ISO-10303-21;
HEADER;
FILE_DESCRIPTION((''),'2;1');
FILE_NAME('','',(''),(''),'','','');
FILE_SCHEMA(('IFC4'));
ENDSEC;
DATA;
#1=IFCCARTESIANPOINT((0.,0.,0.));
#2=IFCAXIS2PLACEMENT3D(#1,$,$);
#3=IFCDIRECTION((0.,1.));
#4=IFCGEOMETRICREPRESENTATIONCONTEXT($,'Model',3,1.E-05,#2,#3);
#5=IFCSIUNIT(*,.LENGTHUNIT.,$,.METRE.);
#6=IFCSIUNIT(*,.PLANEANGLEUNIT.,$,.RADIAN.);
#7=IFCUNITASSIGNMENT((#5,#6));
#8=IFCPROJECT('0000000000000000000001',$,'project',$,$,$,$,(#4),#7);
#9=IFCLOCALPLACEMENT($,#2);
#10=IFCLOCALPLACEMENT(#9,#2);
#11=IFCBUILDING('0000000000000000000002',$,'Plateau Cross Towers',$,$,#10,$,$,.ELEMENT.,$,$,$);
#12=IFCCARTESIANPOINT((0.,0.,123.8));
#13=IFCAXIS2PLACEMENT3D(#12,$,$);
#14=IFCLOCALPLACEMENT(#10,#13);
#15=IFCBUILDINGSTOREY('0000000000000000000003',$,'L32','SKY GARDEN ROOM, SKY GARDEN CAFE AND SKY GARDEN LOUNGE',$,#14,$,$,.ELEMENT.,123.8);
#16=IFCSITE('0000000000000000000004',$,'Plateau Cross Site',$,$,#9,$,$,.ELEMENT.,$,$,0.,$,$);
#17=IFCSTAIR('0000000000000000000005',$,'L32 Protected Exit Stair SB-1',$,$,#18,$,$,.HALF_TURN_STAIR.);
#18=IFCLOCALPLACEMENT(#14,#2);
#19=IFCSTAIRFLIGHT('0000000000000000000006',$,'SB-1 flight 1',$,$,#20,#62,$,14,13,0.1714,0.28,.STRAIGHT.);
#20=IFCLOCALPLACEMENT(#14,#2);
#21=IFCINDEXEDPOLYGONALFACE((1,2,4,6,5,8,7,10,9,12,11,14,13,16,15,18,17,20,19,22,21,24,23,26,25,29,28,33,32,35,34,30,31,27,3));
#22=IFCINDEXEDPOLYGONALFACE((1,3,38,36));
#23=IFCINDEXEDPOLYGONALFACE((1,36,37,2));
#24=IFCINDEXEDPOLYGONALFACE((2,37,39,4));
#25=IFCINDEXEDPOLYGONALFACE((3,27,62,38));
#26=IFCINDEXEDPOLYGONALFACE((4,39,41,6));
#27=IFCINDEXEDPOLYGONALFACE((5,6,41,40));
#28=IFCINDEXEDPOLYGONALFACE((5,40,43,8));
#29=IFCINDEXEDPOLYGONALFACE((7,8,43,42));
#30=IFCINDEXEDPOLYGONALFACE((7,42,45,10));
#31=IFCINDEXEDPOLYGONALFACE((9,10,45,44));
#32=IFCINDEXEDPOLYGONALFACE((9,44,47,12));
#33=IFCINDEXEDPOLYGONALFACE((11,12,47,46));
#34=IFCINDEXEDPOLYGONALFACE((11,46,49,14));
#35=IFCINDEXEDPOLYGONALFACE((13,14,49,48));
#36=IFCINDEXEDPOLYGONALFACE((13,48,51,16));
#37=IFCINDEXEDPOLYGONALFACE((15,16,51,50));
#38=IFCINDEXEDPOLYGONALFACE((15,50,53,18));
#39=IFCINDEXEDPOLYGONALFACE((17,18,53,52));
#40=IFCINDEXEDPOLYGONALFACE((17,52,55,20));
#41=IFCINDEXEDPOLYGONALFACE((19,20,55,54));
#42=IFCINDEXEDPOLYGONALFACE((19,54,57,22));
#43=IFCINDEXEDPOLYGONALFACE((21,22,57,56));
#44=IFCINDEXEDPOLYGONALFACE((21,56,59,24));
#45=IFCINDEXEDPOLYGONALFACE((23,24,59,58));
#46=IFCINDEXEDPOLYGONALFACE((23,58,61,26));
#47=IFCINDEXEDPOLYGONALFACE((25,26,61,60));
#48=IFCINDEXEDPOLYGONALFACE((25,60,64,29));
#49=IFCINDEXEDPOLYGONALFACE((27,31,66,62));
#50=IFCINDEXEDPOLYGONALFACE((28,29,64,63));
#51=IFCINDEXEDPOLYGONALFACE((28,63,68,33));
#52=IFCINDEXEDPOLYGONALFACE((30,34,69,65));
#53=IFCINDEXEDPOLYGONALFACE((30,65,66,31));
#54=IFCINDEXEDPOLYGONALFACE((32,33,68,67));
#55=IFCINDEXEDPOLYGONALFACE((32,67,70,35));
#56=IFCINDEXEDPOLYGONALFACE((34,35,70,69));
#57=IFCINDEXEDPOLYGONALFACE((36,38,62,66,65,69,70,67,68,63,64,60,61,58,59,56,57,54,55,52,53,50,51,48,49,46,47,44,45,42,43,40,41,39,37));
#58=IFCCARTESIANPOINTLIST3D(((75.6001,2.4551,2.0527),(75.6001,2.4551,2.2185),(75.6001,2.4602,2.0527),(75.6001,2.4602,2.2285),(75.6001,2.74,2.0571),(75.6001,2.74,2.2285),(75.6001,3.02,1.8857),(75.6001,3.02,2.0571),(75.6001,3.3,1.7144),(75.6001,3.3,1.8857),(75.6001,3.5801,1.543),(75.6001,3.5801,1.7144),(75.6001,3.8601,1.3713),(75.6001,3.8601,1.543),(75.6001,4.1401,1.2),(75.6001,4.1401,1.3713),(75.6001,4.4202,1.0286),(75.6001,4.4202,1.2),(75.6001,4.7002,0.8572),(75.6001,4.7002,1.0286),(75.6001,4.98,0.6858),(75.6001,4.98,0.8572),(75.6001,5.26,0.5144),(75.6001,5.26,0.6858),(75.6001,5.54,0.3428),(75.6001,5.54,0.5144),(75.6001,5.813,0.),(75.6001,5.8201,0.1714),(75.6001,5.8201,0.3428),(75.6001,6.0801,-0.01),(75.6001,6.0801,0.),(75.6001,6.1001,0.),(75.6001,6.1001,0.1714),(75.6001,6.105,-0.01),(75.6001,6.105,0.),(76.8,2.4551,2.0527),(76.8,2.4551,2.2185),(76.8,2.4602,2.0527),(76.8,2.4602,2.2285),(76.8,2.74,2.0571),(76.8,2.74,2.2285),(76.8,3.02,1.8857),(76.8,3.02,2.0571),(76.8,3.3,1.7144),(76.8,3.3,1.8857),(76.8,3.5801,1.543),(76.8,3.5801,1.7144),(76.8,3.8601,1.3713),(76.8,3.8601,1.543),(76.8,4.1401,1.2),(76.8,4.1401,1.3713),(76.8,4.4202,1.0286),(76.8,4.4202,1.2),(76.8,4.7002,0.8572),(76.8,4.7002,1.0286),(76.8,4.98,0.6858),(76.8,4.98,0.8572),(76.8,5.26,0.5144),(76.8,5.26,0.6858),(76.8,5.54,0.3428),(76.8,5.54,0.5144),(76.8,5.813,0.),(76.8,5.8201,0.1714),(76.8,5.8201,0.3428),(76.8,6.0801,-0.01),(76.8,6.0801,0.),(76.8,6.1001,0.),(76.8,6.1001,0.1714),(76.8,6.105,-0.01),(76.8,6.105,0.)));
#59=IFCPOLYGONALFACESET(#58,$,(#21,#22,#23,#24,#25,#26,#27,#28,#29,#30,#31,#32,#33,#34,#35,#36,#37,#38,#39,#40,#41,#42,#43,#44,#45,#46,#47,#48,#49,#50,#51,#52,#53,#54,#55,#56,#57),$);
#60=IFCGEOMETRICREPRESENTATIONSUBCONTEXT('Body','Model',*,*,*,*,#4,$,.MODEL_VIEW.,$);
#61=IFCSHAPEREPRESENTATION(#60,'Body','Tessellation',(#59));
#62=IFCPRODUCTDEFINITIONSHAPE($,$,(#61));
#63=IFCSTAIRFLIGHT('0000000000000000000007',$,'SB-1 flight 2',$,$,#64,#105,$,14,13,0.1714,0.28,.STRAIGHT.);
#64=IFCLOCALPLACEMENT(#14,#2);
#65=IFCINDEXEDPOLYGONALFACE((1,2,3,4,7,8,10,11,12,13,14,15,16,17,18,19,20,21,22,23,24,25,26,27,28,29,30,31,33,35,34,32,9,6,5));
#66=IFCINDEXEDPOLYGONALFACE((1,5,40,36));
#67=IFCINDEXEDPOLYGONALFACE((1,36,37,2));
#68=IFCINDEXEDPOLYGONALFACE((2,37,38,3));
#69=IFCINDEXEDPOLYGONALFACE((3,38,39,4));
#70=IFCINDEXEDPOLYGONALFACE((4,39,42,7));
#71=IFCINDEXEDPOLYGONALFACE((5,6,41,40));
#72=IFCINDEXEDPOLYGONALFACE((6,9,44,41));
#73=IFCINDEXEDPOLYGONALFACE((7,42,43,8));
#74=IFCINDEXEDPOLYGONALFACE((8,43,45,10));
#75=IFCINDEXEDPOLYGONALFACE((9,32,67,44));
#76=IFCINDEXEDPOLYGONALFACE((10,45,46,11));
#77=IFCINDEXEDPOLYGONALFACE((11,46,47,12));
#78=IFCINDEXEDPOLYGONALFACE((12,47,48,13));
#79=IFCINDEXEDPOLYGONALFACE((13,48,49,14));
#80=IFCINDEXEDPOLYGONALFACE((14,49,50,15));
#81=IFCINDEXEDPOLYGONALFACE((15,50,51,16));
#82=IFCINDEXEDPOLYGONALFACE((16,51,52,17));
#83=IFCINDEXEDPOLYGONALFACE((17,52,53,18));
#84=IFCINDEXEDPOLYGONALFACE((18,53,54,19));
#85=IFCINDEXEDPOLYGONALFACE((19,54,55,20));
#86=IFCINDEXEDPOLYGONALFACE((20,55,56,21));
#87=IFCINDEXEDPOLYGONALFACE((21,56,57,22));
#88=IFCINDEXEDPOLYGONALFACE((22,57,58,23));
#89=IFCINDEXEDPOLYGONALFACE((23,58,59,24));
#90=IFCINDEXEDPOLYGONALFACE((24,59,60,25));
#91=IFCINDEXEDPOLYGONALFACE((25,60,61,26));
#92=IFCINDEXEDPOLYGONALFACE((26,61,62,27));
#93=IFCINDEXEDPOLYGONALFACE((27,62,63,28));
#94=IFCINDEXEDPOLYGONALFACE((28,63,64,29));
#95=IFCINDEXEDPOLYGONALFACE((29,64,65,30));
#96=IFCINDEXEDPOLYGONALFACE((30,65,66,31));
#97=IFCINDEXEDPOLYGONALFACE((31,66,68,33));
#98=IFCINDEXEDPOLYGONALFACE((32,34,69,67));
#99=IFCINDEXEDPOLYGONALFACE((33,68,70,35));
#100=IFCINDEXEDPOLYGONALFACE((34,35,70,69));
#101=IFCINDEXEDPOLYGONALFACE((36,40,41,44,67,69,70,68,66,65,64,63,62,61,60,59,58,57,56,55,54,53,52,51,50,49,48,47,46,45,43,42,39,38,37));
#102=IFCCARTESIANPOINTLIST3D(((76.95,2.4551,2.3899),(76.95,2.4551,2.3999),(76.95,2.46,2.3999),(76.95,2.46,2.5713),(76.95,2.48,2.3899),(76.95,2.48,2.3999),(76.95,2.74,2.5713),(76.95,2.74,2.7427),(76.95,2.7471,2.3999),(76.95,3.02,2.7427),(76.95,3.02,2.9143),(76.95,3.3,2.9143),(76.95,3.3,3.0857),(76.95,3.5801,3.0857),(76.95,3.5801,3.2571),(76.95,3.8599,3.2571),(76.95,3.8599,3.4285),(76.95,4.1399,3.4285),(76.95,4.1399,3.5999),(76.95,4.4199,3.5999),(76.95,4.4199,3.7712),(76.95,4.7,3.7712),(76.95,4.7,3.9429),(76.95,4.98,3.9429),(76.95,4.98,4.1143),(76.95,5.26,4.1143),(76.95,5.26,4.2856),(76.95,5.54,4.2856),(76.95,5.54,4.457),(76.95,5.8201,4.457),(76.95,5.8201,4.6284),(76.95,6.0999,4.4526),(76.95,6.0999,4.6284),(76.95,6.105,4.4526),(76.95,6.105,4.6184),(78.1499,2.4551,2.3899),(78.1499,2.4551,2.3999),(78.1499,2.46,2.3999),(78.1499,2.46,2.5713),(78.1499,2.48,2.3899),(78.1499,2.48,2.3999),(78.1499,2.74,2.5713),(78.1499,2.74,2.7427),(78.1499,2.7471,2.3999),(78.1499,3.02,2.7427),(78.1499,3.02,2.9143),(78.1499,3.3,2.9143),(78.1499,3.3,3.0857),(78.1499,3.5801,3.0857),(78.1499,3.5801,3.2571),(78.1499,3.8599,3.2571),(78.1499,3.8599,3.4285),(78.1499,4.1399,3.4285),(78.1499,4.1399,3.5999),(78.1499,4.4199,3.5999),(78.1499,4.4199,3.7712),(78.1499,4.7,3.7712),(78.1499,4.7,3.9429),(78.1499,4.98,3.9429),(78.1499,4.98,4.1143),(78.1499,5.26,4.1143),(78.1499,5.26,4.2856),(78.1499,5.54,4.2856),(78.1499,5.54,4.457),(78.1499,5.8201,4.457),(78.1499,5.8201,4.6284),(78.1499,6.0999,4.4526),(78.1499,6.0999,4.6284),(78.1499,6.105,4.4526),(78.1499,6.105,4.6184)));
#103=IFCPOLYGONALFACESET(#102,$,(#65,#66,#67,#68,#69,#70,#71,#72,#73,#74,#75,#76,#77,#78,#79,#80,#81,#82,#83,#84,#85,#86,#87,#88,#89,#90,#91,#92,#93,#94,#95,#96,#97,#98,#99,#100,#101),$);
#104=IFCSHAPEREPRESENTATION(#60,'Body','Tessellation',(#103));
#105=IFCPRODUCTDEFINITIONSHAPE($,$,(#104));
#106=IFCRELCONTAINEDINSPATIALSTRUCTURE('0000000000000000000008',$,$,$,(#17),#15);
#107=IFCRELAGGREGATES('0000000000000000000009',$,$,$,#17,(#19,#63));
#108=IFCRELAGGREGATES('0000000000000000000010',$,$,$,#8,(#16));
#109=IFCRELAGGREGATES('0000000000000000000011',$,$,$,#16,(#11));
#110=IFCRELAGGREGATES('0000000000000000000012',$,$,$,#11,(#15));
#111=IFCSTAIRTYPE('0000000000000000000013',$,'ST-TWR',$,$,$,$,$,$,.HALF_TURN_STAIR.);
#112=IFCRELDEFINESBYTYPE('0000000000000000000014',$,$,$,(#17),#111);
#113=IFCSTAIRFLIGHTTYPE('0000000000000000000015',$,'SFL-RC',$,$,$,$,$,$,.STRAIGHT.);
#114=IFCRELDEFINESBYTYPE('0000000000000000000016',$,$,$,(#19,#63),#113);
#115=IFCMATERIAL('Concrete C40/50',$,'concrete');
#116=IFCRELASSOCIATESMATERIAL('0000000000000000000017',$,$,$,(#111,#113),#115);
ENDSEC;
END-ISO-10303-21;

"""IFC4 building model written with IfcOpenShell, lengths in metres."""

from ifc_helpers import new_model, si_unit, direction, frame, origin, place, context, subcontext, project, spatial, polyline, outline, extrude, material, type_object, element, aggregate, save


model = new_model("IFC4")

# Units and contexts
model_context = context("Model", 3, precision=1e-05, world=origin(), true_north=direction((0.0, 1.0)))
body_context = subcontext(model_context, "Body", "Model", "MODEL_VIEW")
ifc_project = project(units=[si_unit("LENGTHUNIT", "METRE"), si_unit("PLANEANGLEUNIT", "RADIAN")], contexts=[model_context])

# Site, building, storey
site_placement = place(None, origin())
site = spatial("IfcSite", under=ifc_project, at=site_placement, Name="Plateau Cross Site", CompositionType="ELEMENT", RefElevation=0.0)
building_placement = place(site_placement, origin())
building = spatial("IfcBuilding", under=site, at=building_placement, Name="Plateau Cross Towers", CompositionType="ELEMENT")
storey_placement = place(building_placement, frame((0.0, 0.0, 123.8)))
storey = spatial("IfcBuildingStorey", under=building, at=storey_placement, Name="L32", Description="SKY GARDEN ROOM, SKY GARDEN CAFE AND SKY GARDEN LOUNGE", CompositionType="ELEMENT", Elevation=123.8)

# Stair, stair flights
ifc_material_1 = material(Name="Concrete C40/50", Category="concrete")
stair_type = type_object("IfcStairType", Name="ST-TWR", PredefinedType="HALF_TURN_STAIR", material=ifc_material_1)
stair_placement = place(storey_placement, origin())
stair = element("IfcStair", 1, at=stair_placement, inside=storey, type_object=stair_type, Name="L32 Protected Exit Stair SB-1", PredefinedType="HALF_TURN_STAIR")
stair_flight_type = type_object("IfcStairFlightType", Name="SFL-RC", PredefinedType="STRAIGHT", material=ifc_material_1)
stair_flight_1_placement = place(storey_placement, frame((76.2, 6.1001, 0.0), z_axis=(0.0, 0.0, 1.0), x_axis=(0.0, -1.0, 0.0)))
stair_flight_1 = element("IfcStairFlight", 2, at=stair_flight_1_placement, type_object=stair_flight_type, Name="SB-1 flight 1", NumberOfRisers=14, NumberOfTreads=13, PredefinedType="STRAIGHT", RiserHeight=0.1714, TreadLength=0.28, context=body_context, shape_type="SweptSolid", body=[
    extrude(outline(polyline([(-0.0049, -0.01), (-0.0049, 0.0), (0.0, 0.0), (0.0, 0.1714), (0.28, 0.1714), (0.28, 0.3428), (0.5601, 0.3428), (0.5601, 0.5144), (0.8401, 0.5144), (0.8401, 0.6858), (1.1201, 0.6858), (1.1201, 0.8572), (1.3999, 0.8572), (1.3999, 1.0286), (1.6799, 1.0286), (1.6799, 1.2), (1.96, 1.2), (1.96, 1.3713), (2.24, 1.3713), (2.24, 1.543), (2.52, 1.543), (2.52, 1.7144), (2.8, 1.7144), (2.8, 1.8857), (3.0801, 1.8857), (3.0801, 2.0571), (3.3601, 2.0571), (3.3601, 2.2285), (3.6399, 2.2285), (3.645, 2.2185), (3.645, 2.0527), (3.6399, 2.0527), (0.2871, 0.0), (0.02, 0.0), (0.02, -0.01), (-0.0049, -0.01)])), frame((0.0, 0.6001, 0.0), z_axis=(0.0, -1.0, 0.0), x_axis=(1.0, 0.0, 0.0)), (0.0, 0.0, 1.0), 1.2),
])
stair_flight_2_placement = place(storey_placement, frame((77.55, 2.46, 2.3999), z_axis=(0.0, 0.0, 1.0), x_axis=(0.0, 1.0, 0.0)))
stair_flight_2 = element("IfcStairFlight", 3, at=stair_flight_2_placement, type_object=stair_flight_type, Name="SB-1 flight 2", NumberOfRisers=14, NumberOfTreads=13, PredefinedType="STRAIGHT", RiserHeight=0.1714, TreadLength=0.28, context=body_context, shape_type="SweptSolid", body=[
    extrude(outline(polyline([(-0.0049, -0.01), (-0.0049, 0.0), (0.0, 0.0), (0.0, 0.1714), (0.28, 0.1714), (0.28, 0.3428), (0.5601, 0.3428), (0.5601, 0.5144), (0.8401, 0.5144), (0.8401, 0.6858), (1.1201, 0.6858), (1.1201, 0.8572), (1.3999, 0.8572), (1.3999, 1.0286), (1.6799, 1.0286), (1.6799, 1.2), (1.96, 1.2), (1.96, 1.3713), (2.24, 1.3713), (2.24, 1.543), (2.52, 1.543), (2.52, 1.7144), (2.8, 1.7144), (2.8, 1.8857), (3.0801, 1.8857), (3.0801, 2.0571), (3.3601, 2.0571), (3.3601, 2.2285), (3.6399, 2.2285), (3.645, 2.2185), (3.645, 2.0527), (3.6399, 2.0527), (0.2871, 0.0), (0.02, 0.0), (0.02, -0.01), (-0.0049, -0.01)])), frame((0.0, 0.6001, 0.0), z_axis=(0.0, -1.0, 0.0), x_axis=(1.0, 0.0, 0.0)), (0.0, 0.0, 1.0), 1.2),
])
aggregate(stair, [stair_flight_1, stair_flight_2])

save(model, "model.ifc")
